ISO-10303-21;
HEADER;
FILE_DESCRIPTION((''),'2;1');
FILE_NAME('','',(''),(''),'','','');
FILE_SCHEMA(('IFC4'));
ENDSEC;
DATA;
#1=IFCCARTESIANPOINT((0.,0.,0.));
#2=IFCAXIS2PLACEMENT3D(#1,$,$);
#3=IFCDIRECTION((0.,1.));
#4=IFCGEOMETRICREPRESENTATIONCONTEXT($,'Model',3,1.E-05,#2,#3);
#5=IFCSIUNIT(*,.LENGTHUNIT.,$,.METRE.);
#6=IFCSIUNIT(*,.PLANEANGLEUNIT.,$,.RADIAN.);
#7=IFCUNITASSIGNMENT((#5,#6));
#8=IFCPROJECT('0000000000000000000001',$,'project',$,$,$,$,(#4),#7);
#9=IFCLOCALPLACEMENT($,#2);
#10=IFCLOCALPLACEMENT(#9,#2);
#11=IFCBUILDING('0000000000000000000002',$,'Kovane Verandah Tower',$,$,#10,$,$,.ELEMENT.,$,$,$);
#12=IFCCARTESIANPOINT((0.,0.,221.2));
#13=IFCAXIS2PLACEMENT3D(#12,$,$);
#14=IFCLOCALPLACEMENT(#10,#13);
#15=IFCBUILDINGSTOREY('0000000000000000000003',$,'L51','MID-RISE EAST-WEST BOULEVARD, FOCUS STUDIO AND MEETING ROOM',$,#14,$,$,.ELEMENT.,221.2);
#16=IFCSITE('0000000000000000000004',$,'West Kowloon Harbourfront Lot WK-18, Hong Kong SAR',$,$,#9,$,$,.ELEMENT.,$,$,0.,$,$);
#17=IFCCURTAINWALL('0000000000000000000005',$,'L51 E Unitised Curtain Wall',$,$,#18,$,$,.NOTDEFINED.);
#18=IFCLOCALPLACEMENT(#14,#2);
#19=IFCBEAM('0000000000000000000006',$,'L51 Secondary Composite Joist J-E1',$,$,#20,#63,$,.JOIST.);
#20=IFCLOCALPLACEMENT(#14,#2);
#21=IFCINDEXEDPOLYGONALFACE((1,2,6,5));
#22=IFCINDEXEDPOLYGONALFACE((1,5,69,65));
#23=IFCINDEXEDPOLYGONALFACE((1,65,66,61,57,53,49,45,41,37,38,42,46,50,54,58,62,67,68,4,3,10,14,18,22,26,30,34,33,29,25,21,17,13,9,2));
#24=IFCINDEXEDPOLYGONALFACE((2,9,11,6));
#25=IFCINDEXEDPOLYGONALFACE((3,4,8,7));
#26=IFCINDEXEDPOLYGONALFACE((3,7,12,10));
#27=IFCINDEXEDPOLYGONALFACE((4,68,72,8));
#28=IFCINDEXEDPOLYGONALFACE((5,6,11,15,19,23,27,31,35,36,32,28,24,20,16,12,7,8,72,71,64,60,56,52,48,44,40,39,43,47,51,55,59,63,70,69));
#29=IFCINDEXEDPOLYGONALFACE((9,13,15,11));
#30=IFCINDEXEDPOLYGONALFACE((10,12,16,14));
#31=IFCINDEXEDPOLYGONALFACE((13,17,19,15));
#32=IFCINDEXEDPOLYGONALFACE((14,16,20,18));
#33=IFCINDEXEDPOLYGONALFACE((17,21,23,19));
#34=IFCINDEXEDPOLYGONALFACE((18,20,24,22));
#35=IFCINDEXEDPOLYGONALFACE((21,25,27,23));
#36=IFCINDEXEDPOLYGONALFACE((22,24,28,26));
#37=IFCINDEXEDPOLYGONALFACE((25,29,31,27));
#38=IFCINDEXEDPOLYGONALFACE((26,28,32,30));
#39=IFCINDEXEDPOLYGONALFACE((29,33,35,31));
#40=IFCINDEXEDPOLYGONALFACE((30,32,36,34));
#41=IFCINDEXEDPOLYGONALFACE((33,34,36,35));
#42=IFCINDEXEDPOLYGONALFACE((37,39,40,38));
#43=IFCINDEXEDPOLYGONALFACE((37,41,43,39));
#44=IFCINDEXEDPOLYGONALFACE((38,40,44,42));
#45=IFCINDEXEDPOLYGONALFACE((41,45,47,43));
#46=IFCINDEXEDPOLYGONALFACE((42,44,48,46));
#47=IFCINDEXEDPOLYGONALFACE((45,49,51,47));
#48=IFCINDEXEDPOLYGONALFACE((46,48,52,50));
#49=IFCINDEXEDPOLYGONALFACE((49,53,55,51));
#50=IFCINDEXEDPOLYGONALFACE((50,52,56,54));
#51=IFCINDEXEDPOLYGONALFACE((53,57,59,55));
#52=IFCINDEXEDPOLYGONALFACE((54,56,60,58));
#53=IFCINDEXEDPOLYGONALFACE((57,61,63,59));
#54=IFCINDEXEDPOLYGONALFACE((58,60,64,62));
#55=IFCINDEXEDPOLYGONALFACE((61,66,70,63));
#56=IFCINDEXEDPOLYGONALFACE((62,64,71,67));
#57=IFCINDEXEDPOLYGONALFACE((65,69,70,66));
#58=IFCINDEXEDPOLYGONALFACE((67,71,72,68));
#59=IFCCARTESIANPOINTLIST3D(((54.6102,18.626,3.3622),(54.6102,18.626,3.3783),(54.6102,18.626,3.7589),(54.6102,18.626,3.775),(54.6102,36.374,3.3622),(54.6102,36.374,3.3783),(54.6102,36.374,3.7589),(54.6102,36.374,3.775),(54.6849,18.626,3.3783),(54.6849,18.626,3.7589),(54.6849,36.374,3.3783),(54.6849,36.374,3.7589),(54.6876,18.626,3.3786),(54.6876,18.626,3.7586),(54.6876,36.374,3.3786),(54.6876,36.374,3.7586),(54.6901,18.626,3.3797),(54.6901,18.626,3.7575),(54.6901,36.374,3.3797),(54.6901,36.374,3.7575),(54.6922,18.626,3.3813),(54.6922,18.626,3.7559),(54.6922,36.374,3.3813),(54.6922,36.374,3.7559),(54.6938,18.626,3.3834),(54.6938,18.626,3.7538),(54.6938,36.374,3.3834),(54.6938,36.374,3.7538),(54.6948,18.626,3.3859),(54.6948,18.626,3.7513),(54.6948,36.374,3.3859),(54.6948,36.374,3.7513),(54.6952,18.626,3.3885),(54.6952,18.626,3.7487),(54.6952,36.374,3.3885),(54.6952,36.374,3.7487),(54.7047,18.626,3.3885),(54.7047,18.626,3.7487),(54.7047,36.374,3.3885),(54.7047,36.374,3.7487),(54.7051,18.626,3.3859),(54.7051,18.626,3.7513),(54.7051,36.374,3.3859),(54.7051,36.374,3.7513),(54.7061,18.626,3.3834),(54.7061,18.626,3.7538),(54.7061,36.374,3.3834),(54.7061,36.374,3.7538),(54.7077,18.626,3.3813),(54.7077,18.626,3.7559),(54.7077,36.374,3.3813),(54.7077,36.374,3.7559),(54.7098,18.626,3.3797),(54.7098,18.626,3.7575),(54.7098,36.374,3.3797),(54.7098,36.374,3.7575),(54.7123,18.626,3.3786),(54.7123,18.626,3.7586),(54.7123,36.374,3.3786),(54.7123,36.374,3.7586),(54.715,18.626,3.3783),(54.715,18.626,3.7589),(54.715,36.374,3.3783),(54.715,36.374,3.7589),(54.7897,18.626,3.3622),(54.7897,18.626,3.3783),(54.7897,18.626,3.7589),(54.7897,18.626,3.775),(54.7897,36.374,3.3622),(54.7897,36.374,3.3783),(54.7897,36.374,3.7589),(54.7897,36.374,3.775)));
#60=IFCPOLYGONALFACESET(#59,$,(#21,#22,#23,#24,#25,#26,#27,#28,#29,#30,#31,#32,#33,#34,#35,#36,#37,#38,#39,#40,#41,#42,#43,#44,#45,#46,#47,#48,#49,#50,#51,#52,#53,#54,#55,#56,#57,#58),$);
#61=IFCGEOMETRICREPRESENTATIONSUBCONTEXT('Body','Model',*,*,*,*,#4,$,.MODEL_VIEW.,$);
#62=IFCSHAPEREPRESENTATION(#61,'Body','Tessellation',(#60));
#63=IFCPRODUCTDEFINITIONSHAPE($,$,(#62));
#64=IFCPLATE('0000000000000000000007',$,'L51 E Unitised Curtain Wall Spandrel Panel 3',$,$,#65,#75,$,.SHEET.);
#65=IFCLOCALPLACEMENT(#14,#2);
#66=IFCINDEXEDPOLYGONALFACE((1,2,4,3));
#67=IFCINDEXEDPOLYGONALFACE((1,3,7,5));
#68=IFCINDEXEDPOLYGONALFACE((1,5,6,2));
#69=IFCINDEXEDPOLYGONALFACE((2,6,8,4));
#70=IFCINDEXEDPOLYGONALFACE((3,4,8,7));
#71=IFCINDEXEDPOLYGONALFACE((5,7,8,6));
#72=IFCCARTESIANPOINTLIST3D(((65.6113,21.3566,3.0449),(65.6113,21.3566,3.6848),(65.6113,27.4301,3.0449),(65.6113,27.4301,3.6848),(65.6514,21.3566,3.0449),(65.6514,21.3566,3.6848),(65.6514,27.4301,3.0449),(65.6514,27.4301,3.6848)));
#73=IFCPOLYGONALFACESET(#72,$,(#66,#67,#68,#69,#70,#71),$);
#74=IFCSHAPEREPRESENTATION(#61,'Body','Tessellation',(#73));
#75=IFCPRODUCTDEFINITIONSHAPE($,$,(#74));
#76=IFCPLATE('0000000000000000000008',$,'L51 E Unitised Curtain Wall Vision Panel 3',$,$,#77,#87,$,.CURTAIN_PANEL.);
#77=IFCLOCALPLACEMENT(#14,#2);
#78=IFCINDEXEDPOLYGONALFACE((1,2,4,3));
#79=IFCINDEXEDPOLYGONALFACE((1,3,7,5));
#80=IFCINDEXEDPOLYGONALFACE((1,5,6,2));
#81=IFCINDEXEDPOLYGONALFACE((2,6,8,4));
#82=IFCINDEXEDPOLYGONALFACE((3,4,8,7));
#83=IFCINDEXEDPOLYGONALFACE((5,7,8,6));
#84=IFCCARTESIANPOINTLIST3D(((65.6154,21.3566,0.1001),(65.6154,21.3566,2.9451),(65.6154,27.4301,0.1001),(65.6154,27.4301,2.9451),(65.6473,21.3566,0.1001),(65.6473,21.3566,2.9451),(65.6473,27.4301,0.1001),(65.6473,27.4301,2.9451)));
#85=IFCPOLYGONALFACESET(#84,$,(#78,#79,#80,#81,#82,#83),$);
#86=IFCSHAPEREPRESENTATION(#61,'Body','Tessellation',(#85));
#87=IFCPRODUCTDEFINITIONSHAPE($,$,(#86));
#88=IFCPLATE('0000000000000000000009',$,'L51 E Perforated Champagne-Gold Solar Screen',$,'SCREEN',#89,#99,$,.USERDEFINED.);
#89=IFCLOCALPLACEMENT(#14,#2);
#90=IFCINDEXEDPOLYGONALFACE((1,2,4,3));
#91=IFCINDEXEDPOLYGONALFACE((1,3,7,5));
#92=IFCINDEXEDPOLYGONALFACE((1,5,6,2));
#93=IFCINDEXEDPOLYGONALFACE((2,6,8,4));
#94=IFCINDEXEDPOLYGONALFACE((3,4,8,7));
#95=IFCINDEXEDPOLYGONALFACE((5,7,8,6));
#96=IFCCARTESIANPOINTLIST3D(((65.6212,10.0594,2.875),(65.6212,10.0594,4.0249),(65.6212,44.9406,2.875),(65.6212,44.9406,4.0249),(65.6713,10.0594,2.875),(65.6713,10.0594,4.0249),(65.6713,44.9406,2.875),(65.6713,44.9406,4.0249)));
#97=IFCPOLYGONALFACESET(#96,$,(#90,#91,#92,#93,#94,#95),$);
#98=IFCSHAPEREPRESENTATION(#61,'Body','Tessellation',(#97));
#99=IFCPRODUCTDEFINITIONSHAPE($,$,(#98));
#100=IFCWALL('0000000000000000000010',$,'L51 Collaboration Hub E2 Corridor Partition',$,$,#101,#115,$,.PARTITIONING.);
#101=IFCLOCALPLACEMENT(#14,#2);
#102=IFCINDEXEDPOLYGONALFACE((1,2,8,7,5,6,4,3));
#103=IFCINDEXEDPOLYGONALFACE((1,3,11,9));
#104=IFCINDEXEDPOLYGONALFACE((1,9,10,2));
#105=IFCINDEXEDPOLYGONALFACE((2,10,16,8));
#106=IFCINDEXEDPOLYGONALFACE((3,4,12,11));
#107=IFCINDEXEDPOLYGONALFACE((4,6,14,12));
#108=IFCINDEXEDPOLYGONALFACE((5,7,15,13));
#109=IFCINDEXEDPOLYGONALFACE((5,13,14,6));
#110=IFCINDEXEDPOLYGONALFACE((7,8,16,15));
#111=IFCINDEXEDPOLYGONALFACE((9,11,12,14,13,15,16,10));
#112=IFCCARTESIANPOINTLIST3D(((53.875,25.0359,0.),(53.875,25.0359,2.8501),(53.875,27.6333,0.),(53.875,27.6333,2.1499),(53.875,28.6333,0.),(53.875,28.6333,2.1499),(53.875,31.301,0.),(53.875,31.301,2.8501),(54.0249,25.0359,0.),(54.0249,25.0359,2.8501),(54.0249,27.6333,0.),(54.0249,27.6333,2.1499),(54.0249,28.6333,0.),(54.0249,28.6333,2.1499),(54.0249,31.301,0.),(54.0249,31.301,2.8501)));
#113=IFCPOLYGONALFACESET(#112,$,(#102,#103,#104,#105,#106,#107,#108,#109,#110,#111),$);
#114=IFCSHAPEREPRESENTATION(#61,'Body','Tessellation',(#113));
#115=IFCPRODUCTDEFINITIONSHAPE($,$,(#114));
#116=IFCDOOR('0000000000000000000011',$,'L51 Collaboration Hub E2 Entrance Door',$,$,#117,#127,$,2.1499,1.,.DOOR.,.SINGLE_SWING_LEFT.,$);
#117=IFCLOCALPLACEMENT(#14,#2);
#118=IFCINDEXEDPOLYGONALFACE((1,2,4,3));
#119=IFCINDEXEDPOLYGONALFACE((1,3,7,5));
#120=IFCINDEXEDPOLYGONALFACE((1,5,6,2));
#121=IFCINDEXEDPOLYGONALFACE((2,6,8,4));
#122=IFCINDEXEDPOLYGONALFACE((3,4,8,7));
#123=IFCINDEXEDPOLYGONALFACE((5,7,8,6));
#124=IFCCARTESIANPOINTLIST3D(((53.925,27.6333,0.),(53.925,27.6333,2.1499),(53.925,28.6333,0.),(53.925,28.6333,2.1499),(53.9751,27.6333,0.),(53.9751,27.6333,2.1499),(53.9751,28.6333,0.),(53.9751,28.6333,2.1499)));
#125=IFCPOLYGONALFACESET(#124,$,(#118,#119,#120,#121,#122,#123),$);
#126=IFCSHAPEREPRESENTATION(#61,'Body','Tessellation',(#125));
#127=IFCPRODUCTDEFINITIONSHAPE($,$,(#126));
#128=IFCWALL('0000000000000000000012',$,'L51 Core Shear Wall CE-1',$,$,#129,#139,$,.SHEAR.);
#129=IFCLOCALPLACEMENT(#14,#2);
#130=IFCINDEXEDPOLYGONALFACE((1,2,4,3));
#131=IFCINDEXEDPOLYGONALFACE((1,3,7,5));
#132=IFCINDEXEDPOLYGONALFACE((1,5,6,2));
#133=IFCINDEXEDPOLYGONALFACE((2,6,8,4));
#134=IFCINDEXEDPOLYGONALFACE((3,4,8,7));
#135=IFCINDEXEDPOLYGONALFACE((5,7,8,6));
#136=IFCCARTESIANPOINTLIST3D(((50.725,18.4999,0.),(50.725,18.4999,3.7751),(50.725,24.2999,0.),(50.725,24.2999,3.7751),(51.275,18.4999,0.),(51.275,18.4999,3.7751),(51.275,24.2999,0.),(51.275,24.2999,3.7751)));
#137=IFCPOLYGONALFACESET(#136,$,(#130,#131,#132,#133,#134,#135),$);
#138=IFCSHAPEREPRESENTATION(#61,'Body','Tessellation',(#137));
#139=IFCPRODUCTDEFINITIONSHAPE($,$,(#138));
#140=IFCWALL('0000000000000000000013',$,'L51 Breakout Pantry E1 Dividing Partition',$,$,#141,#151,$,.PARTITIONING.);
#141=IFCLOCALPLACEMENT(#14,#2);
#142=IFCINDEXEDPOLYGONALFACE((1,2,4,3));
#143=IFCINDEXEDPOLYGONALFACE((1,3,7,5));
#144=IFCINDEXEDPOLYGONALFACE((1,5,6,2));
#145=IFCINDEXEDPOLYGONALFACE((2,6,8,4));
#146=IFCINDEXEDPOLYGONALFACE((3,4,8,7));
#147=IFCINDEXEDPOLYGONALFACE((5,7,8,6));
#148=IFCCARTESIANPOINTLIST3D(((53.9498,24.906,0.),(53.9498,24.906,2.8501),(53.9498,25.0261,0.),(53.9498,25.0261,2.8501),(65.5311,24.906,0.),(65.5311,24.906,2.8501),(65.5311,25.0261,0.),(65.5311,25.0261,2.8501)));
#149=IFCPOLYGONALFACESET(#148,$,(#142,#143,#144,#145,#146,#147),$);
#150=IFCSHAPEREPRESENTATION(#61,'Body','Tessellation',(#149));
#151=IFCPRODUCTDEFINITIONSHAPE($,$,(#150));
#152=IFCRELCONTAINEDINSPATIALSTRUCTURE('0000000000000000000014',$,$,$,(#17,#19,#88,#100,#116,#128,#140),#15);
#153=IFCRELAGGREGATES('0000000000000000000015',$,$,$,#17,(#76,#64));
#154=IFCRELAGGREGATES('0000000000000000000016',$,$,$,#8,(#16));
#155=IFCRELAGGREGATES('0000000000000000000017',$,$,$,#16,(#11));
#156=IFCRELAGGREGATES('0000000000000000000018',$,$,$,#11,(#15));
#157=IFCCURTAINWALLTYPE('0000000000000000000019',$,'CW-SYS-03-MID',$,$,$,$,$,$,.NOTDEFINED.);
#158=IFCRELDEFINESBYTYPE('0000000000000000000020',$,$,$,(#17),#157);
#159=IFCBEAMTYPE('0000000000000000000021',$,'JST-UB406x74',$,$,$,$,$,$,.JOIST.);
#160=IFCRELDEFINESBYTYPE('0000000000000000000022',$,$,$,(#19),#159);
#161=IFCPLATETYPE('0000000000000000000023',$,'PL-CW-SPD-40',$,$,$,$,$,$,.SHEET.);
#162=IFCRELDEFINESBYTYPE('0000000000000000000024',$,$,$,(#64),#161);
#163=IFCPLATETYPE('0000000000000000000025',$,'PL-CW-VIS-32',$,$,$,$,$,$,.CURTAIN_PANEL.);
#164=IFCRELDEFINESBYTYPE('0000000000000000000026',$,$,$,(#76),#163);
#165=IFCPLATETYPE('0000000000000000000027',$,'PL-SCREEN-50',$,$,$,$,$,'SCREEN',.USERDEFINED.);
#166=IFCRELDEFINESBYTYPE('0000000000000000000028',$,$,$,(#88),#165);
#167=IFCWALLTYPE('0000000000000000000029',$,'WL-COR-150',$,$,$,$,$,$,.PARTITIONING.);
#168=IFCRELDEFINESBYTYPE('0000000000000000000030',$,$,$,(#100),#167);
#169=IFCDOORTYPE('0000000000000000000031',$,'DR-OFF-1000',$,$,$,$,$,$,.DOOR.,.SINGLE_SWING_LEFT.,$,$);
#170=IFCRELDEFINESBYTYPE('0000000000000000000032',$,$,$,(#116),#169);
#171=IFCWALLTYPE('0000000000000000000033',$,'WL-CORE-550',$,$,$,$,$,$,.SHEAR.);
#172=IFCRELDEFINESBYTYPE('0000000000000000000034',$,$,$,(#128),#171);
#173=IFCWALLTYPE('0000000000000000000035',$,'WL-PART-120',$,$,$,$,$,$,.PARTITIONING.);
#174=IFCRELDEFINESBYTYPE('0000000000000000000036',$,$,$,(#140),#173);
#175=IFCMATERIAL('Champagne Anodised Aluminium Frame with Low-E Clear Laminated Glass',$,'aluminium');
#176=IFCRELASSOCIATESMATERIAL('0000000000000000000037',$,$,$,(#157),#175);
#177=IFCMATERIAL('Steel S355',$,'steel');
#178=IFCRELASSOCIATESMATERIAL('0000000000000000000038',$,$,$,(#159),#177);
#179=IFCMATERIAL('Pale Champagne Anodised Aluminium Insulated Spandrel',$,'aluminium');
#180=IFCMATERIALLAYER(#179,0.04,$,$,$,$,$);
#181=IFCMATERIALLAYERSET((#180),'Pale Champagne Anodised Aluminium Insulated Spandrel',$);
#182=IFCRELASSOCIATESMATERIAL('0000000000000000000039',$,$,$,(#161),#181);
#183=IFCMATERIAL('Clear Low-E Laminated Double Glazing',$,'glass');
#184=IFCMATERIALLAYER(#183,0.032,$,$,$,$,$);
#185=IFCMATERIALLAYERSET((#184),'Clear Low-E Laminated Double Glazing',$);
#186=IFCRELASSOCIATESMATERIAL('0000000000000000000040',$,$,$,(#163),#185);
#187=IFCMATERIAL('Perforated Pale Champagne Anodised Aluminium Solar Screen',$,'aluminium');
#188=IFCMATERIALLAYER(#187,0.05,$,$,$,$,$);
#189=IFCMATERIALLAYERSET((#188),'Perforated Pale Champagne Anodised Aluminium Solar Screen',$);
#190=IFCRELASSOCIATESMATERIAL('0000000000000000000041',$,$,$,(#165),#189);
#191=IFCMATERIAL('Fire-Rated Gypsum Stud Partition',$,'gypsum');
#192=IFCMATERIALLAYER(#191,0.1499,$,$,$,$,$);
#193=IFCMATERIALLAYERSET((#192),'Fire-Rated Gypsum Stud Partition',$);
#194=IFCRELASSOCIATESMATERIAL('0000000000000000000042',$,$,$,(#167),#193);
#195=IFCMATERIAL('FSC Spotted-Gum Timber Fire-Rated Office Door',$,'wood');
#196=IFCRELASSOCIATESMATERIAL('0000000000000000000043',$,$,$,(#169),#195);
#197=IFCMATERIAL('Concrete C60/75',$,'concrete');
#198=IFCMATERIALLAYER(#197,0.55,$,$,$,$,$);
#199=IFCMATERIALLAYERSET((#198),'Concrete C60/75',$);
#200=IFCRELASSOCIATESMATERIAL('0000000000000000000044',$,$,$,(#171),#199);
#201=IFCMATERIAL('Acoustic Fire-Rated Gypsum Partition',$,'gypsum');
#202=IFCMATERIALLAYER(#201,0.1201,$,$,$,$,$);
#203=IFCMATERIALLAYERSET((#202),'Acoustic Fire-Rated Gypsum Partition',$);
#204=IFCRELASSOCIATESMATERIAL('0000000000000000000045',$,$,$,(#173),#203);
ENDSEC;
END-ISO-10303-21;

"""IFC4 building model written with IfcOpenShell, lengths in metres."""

from ifc_helpers import new_model, si_unit, direction, frame, frame_2d, origin, origin_2d, place, context, subcontext, project, spatial, rectangle, i_section, extrude, material, layer, layer_set, material_profile, profile_set, type_object, element, fill, aggregate, save


model = new_model("IFC4")

# Units and contexts
model_context = context("Model", 3, precision=1e-05, world=origin(), true_north=direction((0.0, 1.0)))
body_context = subcontext(model_context, "Body", "Model", "MODEL_VIEW")
ifc_project = project(units=[si_unit("LENGTHUNIT", "METRE"), si_unit("PLANEANGLEUNIT", "RADIAN")], contexts=[model_context])

# Site, building, storey
site_placement = place(None, origin())
site = spatial("IfcSite", under=ifc_project, at=site_placement, Name="West Kowloon Harbourfront Lot WK-18, Hong Kong SAR", CompositionType="ELEMENT", RefElevation=0.0)
building_placement = place(site_placement, origin())
building = spatial("IfcBuilding", under=site, at=building_placement, Name="Kovane Verandah Tower", CompositionType="ELEMENT")
storey_placement = place(building_placement, frame((0.0, 0.0, 221.2)))
storey = spatial("IfcBuildingStorey", under=building, at=storey_placement, Name="L51", Description="MID-RISE EAST-WEST BOULEVARD, FOCUS STUDIO AND MEETING ROOM", CompositionType="ELEMENT", Elevation=221.2)

# Shared definitions
ifc_material_1 = material(Name="Concrete C60/75", Category="concrete")

# Shared definitions
ifc_material_2 = material(Name="Steel S355", Category="steel")

# Curtain wall
ifc_material_3 = material(Name="Champagne Anodised Aluminium Frame with Low-E Clear Laminated Glass", Category="aluminium")
curtain_wall_type = type_object("IfcCurtainWallType", Name="CW-SYS-03-MID", PredefinedType="NOTDEFINED", material=ifc_material_3)
curtain_wall_placement = place(storey_placement, origin())
curtain_wall = element("IfcCurtainWall", 1, at=curtain_wall_placement, inside=storey, type_object=curtain_wall_type, Name="L51 E Unitised Curtain Wall", PredefinedType="NOTDEFINED")

# Beam
ifc_material_profile_1 = material_profile(ifc_material_2, i_section(OverallWidth=0.1794, OverallDepth=0.4128, WebThickness=0.0095, FlangeThickness=0.0161, FilletRadius=0.0103, at=origin_2d()), Name="UB406x178x74")
ifc_profile_set_1 = profile_set([ifc_material_profile_1], Name="Steel S355")
beam_type_1 = type_object("IfcBeamType", Name="JST-UB406x74", PredefinedType="JOIST", material=ifc_profile_set_1)
beam_1_placement = place(storey_placement, frame((54.7, 18.626, 3.5686), z_axis=(0.0, 1.0, 0.0), x_axis=(-1.0, 0.0, 0.0)))
element("IfcBeam", 2, at=beam_1_placement, inside=storey, type_object=beam_type_1, Name="L51 Secondary Composite Joist J-E1", PredefinedType="JOIST", context=body_context, shape_type="SweptSolid", body=[
    extrude(i_section(OverallWidth=0.1794, OverallDepth=0.4128, WebThickness=0.0095, FlangeThickness=0.0161, FilletRadius=0.0103, at=origin_2d()), origin(), (0.0, 0.0, 1.0), 17.748),
])

# Plates
ifc_material_4 = material(Name="Pale Champagne Anodised Aluminium Insulated Spandrel", Category="aluminium")
ifc_layer_1 = layer(ifc_material_4, 0.04)
ifc_layer_set_1 = layer_set([ifc_layer_1], Name="Pale Champagne Anodised Aluminium Insulated Spandrel")
plate_type_1 = type_object("IfcPlateType", Name="PL-CW-SPD-40", PredefinedType="SHEET", material=ifc_layer_set_1)
plate_1_placement = place(storey_placement, frame((65.6313, 24.3933, 3.0449), z_axis=(0.0, 0.0, 1.0), x_axis=(0.0, 1.0, 0.0)))
plate_1 = element("IfcPlate", 3, at=plate_1_placement, type_object=plate_type_1, Name="L51 E Unitised Curtain Wall Spandrel Panel 3", PredefinedType="SHEET", context=body_context, shape_type="SweptSolid", body=[
    extrude(rectangle(XDim=6.0735, YDim=0.04, at=origin_2d()), origin(), (0.0, 0.0, 1.0), 0.6399),
])
ifc_material_5 = material(Name="Clear Low-E Laminated Double Glazing", Category="glass")
ifc_layer_2 = layer(ifc_material_5, 0.032)
ifc_layer_set_2 = layer_set([ifc_layer_2], Name="Clear Low-E Laminated Double Glazing")
plate_type_2 = type_object("IfcPlateType", Name="PL-CW-VIS-32", PredefinedType="CURTAIN_PANEL", material=ifc_layer_set_2)
plate_2_placement = place(storey_placement, frame((65.6313, 24.3933, 0.1001), z_axis=(0.0, 0.0, 1.0), x_axis=(0.0, 1.0, 0.0)))
plate_2 = element("IfcPlate", 4, at=plate_2_placement, type_object=plate_type_2, Name="L51 E Unitised Curtain Wall Vision Panel 3", PredefinedType="CURTAIN_PANEL", context=body_context, shape_type="SweptSolid", body=[
    extrude(rectangle(XDim=6.0735, YDim=0.032, at=origin_2d()), origin(), (0.0, 0.0, 1.0), 2.845),
])
aggregate(curtain_wall, [plate_2, plate_1])
ifc_material_6 = material(Name="Perforated Pale Champagne Anodised Aluminium Solar Screen", Category="aluminium")
ifc_layer_3 = layer(ifc_material_6, 0.05)
ifc_layer_set_3 = layer_set([ifc_layer_3], Name="Perforated Pale Champagne Anodised Aluminium Solar Screen")
plate_type_3 = type_object("IfcPlateType", Name="PL-SCREEN-50", ElementType="SCREEN", PredefinedType="USERDEFINED", material=ifc_layer_set_3)
plate_3_placement = place(storey_placement, frame((65.6462, 27.5, 2.875), z_axis=(0.0, 0.0, 1.0), x_axis=(0.0, 1.0, 0.0)))
element("IfcPlate", 5, at=plate_3_placement, inside=storey, type_object=plate_type_3, Name="L51 E Perforated Champagne-Gold Solar Screen", ObjectType="SCREEN", PredefinedType="USERDEFINED", context=body_context, shape_type="SweptSolid", body=[
    extrude(rectangle(XDim=34.8811, YDim=0.05, at=origin_2d()), origin(), (0.0, 0.0, 1.0), 1.1499),
])

# Wall, opening, door
ifc_material_7 = material(Name="Fire-Rated Gypsum Stud Partition", Category="gypsum")
ifc_layer_4 = layer(ifc_material_7, 0.1499)
ifc_layer_set_4 = layer_set([ifc_layer_4], Name="Fire-Rated Gypsum Stud Partition")
wall_type_1 = type_object("IfcWallType", Name="WL-COR-150", PredefinedType="PARTITIONING", material=ifc_layer_set_4)
wall_1_placement = place(storey_placement, frame((53.95, 25.0359, 0.0), z_axis=(0.0, 0.0, 1.0), x_axis=(0.0, 1.0, 0.0)))
wall_1 = element("IfcWall", 6, at=wall_1_placement, inside=storey, type_object=wall_type_1, Name="L51 Collaboration Hub E2 Corridor Partition", PredefinedType="PARTITIONING", context=body_context, shape_type="SweptSolid", body=[
    extrude(rectangle(XDim=6.2651, YDim=0.1499, at=frame_2d((3.1326, 0.0))), origin(), (0.0, 0.0, 1.0), 2.8501),
])
opening_1_placement = place(wall_1_placement, frame((2.5974, 0.0, 0.0)))
opening_1 = element("IfcOpeningElement", 7, at=opening_1_placement, cuts=wall_1, PredefinedType="OPENING", context=body_context, shape_type="SweptSolid", body=[
    extrude(rectangle(XDim=1.0, YDim=2.1499, at=frame_2d((0.5, 1.075))), frame((0.0, 0.075, 0.0), z_axis=(0.0, -1.0, 0.0), x_axis=(1.0, 0.0, 0.0)), (0.0, 0.0, 1.0), 0.1499),
])
ifc_material_8 = material(Name="FSC Spotted-Gum Timber Fire-Rated Office Door", Category="wood")
door_type_1 = type_object("IfcDoorType", Name="DR-OFF-1000", OperationType="SINGLE_SWING_LEFT", PredefinedType="DOOR", material=ifc_material_8)
door_1_placement = place(opening_1_placement, origin())
door_1 = element("IfcDoor", 8, at=door_1_placement, inside=storey, type_object=door_type_1, Name="L51 Collaboration Hub E2 Entrance Door", OperationType="SINGLE_SWING_LEFT", OverallHeight=2.1499, OverallWidth=1.0, PredefinedType="DOOR", context=body_context, shape_type="SweptSolid", body=[
    extrude(rectangle(XDim=1.0, YDim=2.1499, at=frame_2d((0.5, 1.075))), frame((0.0, 0.0249, 0.0), z_axis=(0.0, -1.0, 0.0), x_axis=(1.0, 0.0, 0.0)), (0.0, 0.0, 1.0), 0.05),
])
fill(opening_1, door_1)

# Wall
ifc_layer_5 = layer(ifc_material_1, 0.55)
ifc_layer_set_5 = layer_set([ifc_layer_5], Name="Concrete C60/75")
wall_type_2 = type_object("IfcWallType", Name="WL-CORE-550", PredefinedType="SHEAR", material=ifc_layer_set_5)
wall_2_placement = place(storey_placement, frame((51.0, 18.5, 0.0), z_axis=(0.0, 0.0, 1.0), x_axis=(0.0, 1.0, 0.0)))
element("IfcWall", 9, at=wall_2_placement, inside=storey, type_object=wall_type_2, Name="L51 Core Shear Wall CE-1", PredefinedType="SHEAR", context=body_context, shape_type="SweptSolid", body=[
    extrude(rectangle(XDim=5.8, YDim=0.55, at=frame_2d((2.8999, 0.0))), origin(), (0.0, 0.0, 1.0), 3.7751),
])

# Wall
ifc_material_9 = material(Name="Acoustic Fire-Rated Gypsum Partition", Category="gypsum")
ifc_layer_6 = layer(ifc_material_9, 0.1201)
ifc_layer_set_6 = layer_set([ifc_layer_6], Name="Acoustic Fire-Rated Gypsum Partition")
wall_type_3 = type_object("IfcWallType", Name="WL-PART-120", PredefinedType="PARTITIONING", material=ifc_layer_set_6)
wall_3_placement = place(storey_placement, frame((53.95, 24.9661, 0.0), z_axis=(0.0, 0.0, 1.0), x_axis=(1.0, 0.0, 0.0)))
element("IfcWall", 10, at=wall_3_placement, inside=storey, type_object=wall_type_3, Name="L51 Breakout Pantry E1 Dividing Partition", PredefinedType="PARTITIONING", context=body_context, shape_type="SweptSolid", body=[
    extrude(rectangle(XDim=11.5813, YDim=0.1201, at=frame_2d((5.7905, 0.0))), origin(), (0.0, 0.0, 1.0), 2.8501),
])

save(model, "model.ifc")
